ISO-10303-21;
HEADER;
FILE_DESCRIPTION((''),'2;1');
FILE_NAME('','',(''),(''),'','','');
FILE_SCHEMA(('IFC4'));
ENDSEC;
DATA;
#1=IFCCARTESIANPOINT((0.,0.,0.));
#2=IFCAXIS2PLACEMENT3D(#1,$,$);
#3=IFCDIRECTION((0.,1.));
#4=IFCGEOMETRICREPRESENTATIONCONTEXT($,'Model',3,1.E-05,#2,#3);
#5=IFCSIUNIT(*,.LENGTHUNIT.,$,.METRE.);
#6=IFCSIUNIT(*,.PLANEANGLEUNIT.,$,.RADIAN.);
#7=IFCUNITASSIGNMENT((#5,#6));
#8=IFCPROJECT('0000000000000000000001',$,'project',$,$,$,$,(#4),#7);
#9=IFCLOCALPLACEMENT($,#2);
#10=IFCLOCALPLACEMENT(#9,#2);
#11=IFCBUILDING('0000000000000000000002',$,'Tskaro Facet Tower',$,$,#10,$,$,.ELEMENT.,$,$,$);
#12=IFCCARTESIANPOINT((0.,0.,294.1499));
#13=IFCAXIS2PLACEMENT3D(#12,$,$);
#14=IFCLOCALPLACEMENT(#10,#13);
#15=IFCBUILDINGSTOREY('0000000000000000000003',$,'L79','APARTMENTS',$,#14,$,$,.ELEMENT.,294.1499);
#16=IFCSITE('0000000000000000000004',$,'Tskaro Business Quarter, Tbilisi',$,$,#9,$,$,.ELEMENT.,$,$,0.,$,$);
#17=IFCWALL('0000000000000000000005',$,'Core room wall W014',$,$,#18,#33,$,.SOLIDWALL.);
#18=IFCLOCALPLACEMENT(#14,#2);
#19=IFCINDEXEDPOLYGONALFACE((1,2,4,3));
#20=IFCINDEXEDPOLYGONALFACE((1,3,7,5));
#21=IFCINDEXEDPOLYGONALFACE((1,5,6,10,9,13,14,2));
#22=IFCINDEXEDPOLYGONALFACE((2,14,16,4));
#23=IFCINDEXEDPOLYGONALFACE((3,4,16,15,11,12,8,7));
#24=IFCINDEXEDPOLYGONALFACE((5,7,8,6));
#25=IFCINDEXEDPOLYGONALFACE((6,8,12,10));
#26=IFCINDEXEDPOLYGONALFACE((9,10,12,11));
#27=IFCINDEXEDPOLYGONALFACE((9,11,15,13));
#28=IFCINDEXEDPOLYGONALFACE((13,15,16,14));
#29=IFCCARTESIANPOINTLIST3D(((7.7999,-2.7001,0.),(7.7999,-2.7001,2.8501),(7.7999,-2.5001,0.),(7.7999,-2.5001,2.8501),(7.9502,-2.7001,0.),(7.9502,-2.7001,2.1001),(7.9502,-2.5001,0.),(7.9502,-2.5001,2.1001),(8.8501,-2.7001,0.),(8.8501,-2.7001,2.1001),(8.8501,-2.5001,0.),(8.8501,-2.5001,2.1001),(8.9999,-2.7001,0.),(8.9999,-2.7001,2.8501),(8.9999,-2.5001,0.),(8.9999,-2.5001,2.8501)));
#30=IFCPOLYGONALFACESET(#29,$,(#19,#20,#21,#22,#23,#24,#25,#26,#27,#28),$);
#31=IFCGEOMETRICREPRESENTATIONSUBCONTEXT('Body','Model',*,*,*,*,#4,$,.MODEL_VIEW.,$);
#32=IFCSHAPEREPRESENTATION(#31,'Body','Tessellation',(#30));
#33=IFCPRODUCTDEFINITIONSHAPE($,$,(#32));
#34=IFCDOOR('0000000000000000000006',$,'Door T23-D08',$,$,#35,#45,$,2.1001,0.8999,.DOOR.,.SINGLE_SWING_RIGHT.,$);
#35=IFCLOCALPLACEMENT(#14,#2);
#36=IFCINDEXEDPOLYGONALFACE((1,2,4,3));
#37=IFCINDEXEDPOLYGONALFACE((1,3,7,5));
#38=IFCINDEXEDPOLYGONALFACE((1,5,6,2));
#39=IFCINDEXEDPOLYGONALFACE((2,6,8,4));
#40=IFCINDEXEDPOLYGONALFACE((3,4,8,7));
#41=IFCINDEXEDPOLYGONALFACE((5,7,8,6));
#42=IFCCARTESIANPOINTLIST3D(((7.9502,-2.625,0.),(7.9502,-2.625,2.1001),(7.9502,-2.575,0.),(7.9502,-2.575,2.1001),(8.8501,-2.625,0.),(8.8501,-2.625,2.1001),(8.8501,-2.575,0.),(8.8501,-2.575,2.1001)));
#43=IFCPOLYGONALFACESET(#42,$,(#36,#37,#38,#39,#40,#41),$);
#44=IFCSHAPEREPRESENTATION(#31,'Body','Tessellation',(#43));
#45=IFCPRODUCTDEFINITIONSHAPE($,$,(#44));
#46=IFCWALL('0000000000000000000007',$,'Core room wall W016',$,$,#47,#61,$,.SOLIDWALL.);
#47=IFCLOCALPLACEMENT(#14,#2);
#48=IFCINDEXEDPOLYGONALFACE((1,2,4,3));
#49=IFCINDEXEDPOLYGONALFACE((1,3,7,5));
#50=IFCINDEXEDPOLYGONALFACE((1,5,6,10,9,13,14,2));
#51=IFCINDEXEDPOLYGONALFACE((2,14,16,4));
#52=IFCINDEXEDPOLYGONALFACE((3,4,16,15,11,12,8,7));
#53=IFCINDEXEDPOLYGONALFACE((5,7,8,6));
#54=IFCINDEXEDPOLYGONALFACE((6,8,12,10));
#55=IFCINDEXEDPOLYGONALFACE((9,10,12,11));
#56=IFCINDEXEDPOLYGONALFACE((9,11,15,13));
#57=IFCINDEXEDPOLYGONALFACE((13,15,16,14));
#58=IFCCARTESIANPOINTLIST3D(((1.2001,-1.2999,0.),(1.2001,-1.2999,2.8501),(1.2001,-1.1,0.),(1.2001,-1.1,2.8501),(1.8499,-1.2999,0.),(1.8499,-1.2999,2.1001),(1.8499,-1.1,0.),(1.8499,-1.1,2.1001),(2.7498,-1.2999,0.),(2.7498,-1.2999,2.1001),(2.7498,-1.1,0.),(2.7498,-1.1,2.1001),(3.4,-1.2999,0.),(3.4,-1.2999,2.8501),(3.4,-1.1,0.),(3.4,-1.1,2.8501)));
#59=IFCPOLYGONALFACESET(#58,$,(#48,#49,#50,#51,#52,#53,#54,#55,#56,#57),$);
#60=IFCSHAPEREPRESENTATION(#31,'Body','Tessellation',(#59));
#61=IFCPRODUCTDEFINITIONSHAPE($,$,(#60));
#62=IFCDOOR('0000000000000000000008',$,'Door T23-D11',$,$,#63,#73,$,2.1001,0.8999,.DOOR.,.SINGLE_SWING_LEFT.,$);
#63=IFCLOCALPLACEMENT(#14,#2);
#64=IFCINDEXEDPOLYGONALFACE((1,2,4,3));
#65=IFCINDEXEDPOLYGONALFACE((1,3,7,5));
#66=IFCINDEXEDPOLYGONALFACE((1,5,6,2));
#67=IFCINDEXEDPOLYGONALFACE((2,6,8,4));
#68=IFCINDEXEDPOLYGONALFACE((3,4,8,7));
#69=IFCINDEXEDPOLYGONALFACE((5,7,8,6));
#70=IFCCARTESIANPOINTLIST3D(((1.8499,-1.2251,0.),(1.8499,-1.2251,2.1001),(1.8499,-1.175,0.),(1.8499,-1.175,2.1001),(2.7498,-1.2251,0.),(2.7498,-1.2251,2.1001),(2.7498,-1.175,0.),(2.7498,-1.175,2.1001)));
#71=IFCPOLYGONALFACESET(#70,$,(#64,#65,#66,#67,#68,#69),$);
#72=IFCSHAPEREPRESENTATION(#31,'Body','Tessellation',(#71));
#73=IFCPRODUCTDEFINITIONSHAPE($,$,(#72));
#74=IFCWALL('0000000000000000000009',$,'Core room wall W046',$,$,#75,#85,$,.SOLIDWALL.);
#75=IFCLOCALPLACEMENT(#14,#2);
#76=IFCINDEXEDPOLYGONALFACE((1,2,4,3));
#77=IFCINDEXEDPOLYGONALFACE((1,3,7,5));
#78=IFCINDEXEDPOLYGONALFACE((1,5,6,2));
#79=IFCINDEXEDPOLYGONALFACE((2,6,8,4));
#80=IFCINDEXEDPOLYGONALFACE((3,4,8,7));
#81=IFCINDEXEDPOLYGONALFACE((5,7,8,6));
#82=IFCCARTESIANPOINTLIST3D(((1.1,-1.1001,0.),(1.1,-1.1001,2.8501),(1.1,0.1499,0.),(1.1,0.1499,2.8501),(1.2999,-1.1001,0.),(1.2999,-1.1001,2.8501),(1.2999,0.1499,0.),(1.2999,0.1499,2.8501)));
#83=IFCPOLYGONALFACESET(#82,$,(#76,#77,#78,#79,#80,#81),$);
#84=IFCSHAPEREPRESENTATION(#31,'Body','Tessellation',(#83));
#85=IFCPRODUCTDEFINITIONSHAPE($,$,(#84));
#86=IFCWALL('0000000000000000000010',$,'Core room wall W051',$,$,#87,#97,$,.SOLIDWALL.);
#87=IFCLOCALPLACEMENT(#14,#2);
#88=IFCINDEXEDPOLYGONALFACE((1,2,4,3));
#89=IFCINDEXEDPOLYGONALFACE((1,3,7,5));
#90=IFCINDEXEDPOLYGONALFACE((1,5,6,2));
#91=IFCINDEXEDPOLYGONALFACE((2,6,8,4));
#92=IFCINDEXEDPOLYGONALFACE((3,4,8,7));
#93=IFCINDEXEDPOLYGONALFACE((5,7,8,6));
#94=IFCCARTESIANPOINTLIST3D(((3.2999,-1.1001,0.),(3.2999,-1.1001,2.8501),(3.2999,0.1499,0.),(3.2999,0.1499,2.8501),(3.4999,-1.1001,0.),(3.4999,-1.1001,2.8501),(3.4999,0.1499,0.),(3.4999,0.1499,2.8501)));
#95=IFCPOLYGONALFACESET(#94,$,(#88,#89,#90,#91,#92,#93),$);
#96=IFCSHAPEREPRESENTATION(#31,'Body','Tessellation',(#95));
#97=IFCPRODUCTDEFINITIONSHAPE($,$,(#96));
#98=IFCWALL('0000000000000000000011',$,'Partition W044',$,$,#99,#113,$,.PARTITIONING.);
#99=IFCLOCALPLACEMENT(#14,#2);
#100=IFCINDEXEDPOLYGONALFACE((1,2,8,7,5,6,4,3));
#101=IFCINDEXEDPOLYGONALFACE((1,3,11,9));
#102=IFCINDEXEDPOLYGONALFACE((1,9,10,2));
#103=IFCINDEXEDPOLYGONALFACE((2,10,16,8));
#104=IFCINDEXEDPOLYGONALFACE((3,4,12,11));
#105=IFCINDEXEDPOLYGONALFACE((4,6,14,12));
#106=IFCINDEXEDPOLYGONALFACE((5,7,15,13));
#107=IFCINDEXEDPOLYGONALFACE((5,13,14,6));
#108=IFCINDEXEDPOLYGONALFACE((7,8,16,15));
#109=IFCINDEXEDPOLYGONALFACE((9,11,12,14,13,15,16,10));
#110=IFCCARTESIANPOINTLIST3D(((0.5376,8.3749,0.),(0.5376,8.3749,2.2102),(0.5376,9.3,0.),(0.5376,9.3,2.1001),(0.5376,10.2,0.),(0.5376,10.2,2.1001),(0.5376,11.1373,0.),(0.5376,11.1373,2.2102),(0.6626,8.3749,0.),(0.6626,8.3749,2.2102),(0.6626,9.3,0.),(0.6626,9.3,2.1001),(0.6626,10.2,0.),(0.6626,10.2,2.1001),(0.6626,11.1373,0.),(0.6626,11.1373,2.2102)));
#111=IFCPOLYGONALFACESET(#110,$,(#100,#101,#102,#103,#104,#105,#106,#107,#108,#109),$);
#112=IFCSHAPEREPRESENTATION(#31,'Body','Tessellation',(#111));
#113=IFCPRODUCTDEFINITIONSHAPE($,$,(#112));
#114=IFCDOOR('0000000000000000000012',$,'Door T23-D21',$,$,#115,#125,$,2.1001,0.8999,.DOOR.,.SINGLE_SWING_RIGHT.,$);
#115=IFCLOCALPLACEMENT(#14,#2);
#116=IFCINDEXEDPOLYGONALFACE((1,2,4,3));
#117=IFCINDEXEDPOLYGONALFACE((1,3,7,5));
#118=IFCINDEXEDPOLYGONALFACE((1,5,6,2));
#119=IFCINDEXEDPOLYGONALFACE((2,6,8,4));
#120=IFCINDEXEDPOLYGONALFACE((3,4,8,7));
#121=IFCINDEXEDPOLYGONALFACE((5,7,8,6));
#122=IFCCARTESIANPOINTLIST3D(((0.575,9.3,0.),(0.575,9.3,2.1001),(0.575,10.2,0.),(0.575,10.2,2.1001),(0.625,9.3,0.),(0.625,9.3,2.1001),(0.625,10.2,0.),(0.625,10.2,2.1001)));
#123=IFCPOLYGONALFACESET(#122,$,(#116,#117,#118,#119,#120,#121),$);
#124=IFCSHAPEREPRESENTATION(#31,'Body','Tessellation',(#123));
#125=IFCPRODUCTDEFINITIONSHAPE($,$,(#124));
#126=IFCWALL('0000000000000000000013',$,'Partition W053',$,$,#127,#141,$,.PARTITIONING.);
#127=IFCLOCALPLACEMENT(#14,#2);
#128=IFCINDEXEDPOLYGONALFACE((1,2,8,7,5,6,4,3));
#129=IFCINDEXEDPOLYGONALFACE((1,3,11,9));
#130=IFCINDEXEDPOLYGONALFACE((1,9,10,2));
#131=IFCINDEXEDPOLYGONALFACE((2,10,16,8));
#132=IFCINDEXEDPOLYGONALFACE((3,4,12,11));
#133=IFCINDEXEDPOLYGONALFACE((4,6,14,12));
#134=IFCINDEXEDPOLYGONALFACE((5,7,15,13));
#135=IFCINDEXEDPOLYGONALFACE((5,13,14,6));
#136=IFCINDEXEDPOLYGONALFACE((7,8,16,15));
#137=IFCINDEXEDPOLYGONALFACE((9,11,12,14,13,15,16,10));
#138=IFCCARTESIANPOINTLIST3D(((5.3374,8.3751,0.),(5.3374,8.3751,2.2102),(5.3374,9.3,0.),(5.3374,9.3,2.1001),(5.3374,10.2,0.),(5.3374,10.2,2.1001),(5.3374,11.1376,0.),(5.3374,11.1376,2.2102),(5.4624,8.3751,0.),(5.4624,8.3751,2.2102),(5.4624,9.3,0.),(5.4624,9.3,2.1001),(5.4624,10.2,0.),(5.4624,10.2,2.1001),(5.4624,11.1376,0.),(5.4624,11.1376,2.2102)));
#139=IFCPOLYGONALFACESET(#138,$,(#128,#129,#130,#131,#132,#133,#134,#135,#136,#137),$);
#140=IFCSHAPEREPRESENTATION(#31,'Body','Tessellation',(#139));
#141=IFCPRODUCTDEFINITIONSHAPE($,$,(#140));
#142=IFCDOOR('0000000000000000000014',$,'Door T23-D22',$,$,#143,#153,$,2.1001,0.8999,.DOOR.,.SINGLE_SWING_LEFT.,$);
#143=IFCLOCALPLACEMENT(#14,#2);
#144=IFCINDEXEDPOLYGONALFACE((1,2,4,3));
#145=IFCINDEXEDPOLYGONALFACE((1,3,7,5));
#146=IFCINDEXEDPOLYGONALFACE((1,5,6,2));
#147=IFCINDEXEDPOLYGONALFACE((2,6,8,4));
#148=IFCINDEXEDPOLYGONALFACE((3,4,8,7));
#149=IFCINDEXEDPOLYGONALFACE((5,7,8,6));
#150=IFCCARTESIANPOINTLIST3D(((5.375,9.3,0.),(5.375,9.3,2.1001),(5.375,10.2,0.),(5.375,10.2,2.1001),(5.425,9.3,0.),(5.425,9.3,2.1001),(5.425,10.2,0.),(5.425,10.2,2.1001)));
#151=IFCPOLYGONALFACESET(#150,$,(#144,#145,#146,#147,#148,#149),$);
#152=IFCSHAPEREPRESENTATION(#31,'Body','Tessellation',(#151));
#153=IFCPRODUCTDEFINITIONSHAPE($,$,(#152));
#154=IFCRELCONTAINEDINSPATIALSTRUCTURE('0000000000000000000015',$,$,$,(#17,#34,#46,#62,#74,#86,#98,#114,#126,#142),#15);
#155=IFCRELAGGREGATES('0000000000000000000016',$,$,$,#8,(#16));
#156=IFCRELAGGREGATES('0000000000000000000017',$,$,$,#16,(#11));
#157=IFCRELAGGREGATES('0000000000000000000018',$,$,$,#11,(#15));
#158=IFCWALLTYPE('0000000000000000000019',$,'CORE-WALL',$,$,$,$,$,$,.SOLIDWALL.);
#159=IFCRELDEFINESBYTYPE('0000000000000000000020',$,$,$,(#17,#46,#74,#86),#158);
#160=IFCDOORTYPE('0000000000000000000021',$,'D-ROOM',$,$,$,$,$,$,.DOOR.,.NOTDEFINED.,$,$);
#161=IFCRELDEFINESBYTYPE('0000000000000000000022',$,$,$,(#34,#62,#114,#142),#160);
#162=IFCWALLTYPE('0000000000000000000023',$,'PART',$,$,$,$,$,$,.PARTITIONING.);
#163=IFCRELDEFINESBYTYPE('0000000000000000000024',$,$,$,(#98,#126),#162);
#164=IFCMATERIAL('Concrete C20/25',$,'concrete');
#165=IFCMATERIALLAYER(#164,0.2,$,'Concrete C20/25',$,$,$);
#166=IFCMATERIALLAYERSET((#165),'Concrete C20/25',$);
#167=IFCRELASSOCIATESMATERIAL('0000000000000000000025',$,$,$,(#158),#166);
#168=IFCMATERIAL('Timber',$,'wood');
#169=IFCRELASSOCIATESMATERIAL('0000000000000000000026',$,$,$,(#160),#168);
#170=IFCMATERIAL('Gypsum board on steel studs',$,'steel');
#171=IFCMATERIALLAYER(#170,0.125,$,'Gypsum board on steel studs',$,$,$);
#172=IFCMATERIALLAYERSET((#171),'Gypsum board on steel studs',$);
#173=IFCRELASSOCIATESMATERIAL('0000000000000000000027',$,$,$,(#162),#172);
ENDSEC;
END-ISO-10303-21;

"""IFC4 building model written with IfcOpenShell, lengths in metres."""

from ifc_helpers import new_model, si_unit, direction, frame, frame_2d, origin, place, context, subcontext, project, spatial, rectangle, extrude, material, layer, layer_set, type_object, element, fill, save


model = new_model("IFC4")

# Units and contexts
model_context = context("Model", 3, precision=1e-05, world=origin(), true_north=direction((0.0, 1.0)))
body_context = subcontext(model_context, "Body", "Model", "MODEL_VIEW")
ifc_project = project(units=[si_unit("LENGTHUNIT", "METRE"), si_unit("PLANEANGLEUNIT", "RADIAN")], contexts=[model_context])

# Site, building, storey
site_placement = place(None, origin())
site = spatial("IfcSite", under=ifc_project, at=site_placement, Name="Tskaro Business Quarter, Tbilisi", CompositionType="ELEMENT", RefElevation=0.0)
building_placement = place(site_placement, origin())
building = spatial("IfcBuilding", under=site, at=building_placement, Name="Tskaro Facet Tower", CompositionType="ELEMENT")
storey_placement = place(building_placement, frame((0.0, 0.0, 294.1499)))
storey = spatial("IfcBuildingStorey", under=building, at=storey_placement, Name="L79", Description="APARTMENTS", CompositionType="ELEMENT", Elevation=294.1499)

# Shared definitions
ifc_material_1 = material(Name="Concrete C20/25", Category="concrete")
ifc_layer_1 = layer(ifc_material_1, 0.2, Name="Concrete C20/25")
ifc_layer_set_1 = layer_set([ifc_layer_1], Name="Concrete C20/25")
wall_type_1 = type_object("IfcWallType", Name="CORE-WALL", PredefinedType="SOLIDWALL", material=ifc_layer_set_1)
ifc_material_2 = material(Name="Timber", Category="wood")
door_type_1 = type_object("IfcDoorType", Name="D-ROOM", OperationType="NOTDEFINED", PredefinedType="DOOR", material=ifc_material_2)

# Walls, openings, doors
wall_1_placement = place(storey_placement, frame((9.0, -2.6001, 0.0), z_axis=(0.0, 0.0, 1.0), x_axis=(-1.0, 0.0, 0.0)))
wall_1 = element("IfcWall", 1, at=wall_1_placement, inside=storey, type_object=wall_type_1, Name="Core room wall W014", PredefinedType="SOLIDWALL", context=body_context, shape_type="SweptSolid", body=[
    extrude(rectangle(XDim=1.2, YDim=0.2, at=frame_2d((0.6001, 0.0))), origin(), (0.0, 0.0, 1.0), 2.8501),
])
opening_1_placement = place(wall_1_placement, frame((0.1499, 0.0, 0.0)))
opening_1 = element("IfcOpeningElement", 2, at=opening_1_placement, cuts=wall_1, PredefinedType="OPENING", context=body_context, shape_type="SweptSolid", body=[
    extrude(rectangle(XDim=0.8999, YDim=2.1001, at=frame_2d((0.45, 1.05))), frame((0.0, 0.1099, 0.0), z_axis=(0.0, -1.0, 0.0), x_axis=(1.0, 0.0, 0.0)), (0.0, 0.0, 1.0), 0.22),
])
door_1_placement = place(opening_1_placement, origin())
door_1 = element("IfcDoor", 3, at=door_1_placement, inside=storey, type_object=door_type_1, Name="Door T23-D08", OperationType="SINGLE_SWING_RIGHT", OverallHeight=2.1001, OverallWidth=0.8999, PredefinedType="DOOR", context=body_context, shape_type="SweptSolid", body=[
    extrude(rectangle(XDim=0.8999, YDim=2.1001, at=frame_2d((0.45, 1.05))), frame((0.0, 0.0249, 0.0), z_axis=(0.0, -1.0, 0.0), x_axis=(1.0, 0.0, 0.0)), (0.0, 0.0, 1.0), 0.05),
])
fill(opening_1, door_1)
wall_2_placement = place(storey_placement, frame((1.2, -1.2, 0.0), z_axis=(0.0, 0.0, 1.0), x_axis=(1.0, 0.0, 0.0)))
wall_2 = element("IfcWall", 4, at=wall_2_placement, inside=storey, type_object=wall_type_1, Name="Core room wall W016", PredefinedType="SOLIDWALL", context=body_context, shape_type="SweptSolid", body=[
    extrude(rectangle(XDim=2.2, YDim=0.2, at=frame_2d((1.1001, 0.0))), origin(), (0.0, 0.0, 1.0), 2.8501),
])
opening_2_placement = place(wall_2_placement, frame((0.6499, 0.0, 0.0)))
opening_2 = element("IfcOpeningElement", 5, at=opening_2_placement, cuts=wall_2, PredefinedType="OPENING", context=body_context, shape_type="SweptSolid", body=[
    extrude(rectangle(XDim=0.8999, YDim=2.1001, at=frame_2d((0.45, 1.05))), frame((0.0, 0.1099, 0.0), z_axis=(0.0, -1.0, 0.0), x_axis=(1.0, 0.0, 0.0)), (0.0, 0.0, 1.0), 0.22),
])
door_2_placement = place(opening_2_placement, origin())
door_2 = element("IfcDoor", 6, at=door_2_placement, inside=storey, type_object=door_type_1, Name="Door T23-D11", OperationType="SINGLE_SWING_LEFT", OverallHeight=2.1001, OverallWidth=0.8999, PredefinedType="DOOR", context=body_context, shape_type="SweptSolid", body=[
    extrude(rectangle(XDim=0.8999, YDim=2.1001, at=frame_2d((0.45, 1.05))), frame((0.0, 0.0249, 0.0), z_axis=(0.0, -1.0, 0.0), x_axis=(1.0, 0.0, 0.0)), (0.0, 0.0, 1.0), 0.05),
])
fill(opening_2, door_2)

# Walls
for number, where, z_axis, x_axis, name in (
    (7, (1.2, -1.1001, 0.0), (0.0, 0.0, 1.0), (0.0, 1.0, 0.0), "Core room wall W046"),
    (8, (3.3999, -1.1001, 0.0), (0.0, 0.0, 1.0), (0.0, 1.0, 0.0), "Core room wall W051"),
):
    element("IfcWall", number, at=place(storey_placement, frame(where, z_axis=z_axis, x_axis=x_axis)), inside=storey, type_object=wall_type_1, Name=name, PredefinedType="SOLIDWALL", context=body_context, shape_type="SweptSolid", body=[
        extrude(rectangle(XDim=1.25, YDim=0.2, at=frame_2d((0.625, 0.0))), origin(), (0.0, 0.0, 1.0), 2.8501),
    ])

# Walls, openings, doors
ifc_material_3 = material(Name="Gypsum board on steel studs", Category="steel")
ifc_layer_2 = layer(ifc_material_3, 0.125, Name="Gypsum board on steel studs")
ifc_layer_set_2 = layer_set([ifc_layer_2], Name="Gypsum board on steel studs")
wall_type_2 = type_object("IfcWallType", Name="PART", PredefinedType="PARTITIONING", material=ifc_layer_set_2)
wall_3_placement = place(storey_placement, frame((0.6001, 11.1375, 0.0), z_axis=(0.0, 0.0, 1.0), x_axis=(0.0, -1.0, 0.0)))
wall_3 = element("IfcWall", 9, at=wall_3_placement, inside=storey, type_object=wall_type_2, Name="Partition W044", PredefinedType="PARTITIONING", context=body_context, shape_type="SweptSolid", body=[
    extrude(rectangle(XDim=2.7625, YDim=0.125, at=frame_2d((1.3813, 0.0))), origin(), (0.0, 0.0, 1.0), 2.2102),
])
opening_3_placement = place(wall_3_placement, frame((0.9375, 0.0, 0.0)))
opening_3 = element("IfcOpeningElement", 10, at=opening_3_placement, cuts=wall_3, PredefinedType="OPENING", context=body_context, shape_type="SweptSolid", body=[
    extrude(rectangle(XDim=0.8999, YDim=2.1001, at=frame_2d((0.45, 1.05))), frame((0.0, 0.0725, 0.0), z_axis=(0.0, -1.0, 0.0), x_axis=(1.0, 0.0, 0.0)), (0.0, 0.0, 1.0), 0.145),
])
door_3_placement = place(opening_3_placement, origin())
door_3 = element("IfcDoor", 11, at=door_3_placement, inside=storey, type_object=door_type_1, Name="Door T23-D21", OperationType="SINGLE_SWING_RIGHT", OverallHeight=2.1001, OverallWidth=0.8999, PredefinedType="DOOR", context=body_context, shape_type="SweptSolid", body=[
    extrude(rectangle(XDim=0.8999, YDim=2.1001, at=frame_2d((0.45, 1.05))), frame((0.0, 0.0249, 0.0), z_axis=(0.0, -1.0, 0.0), x_axis=(1.0, 0.0, 0.0)), (0.0, 0.0, 1.0), 0.05),
])
fill(opening_3, door_3)
wall_4_placement = place(storey_placement, frame((5.3999, 8.375, 0.0), z_axis=(0.0, 0.0, 1.0), x_axis=(0.0, 1.0, 0.0)))
wall_4 = element("IfcWall", 12, at=wall_4_placement, inside=storey, type_object=wall_type_2, Name="Partition W053", PredefinedType="PARTITIONING", context=body_context, shape_type="SweptSolid", body=[
    extrude(rectangle(XDim=2.7625, YDim=0.125, at=frame_2d((1.3813, 0.0))), origin(), (0.0, 0.0, 1.0), 2.2102),
])
opening_4_placement = place(wall_4_placement, frame((0.925, 0.0, 0.0)))
opening_4 = element("IfcOpeningElement", 13, at=opening_4_placement, cuts=wall_4, PredefinedType="OPENING", context=body_context, shape_type="SweptSolid", body=[
    extrude(rectangle(XDim=0.8999, YDim=2.1001, at=frame_2d((0.45, 1.05))), frame((0.0, 0.0725, 0.0), z_axis=(0.0, -1.0, 0.0), x_axis=(1.0, 0.0, 0.0)), (0.0, 0.0, 1.0), 0.145),
])
door_4_placement = place(opening_4_placement, origin())
door_4 = element("IfcDoor", 14, at=door_4_placement, inside=storey, type_object=door_type_1, Name="Door T23-D22", OperationType="SINGLE_SWING_LEFT", OverallHeight=2.1001, OverallWidth=0.8999, PredefinedType="DOOR", context=body_context, shape_type="SweptSolid", body=[
    extrude(rectangle(XDim=0.8999, YDim=2.1001, at=frame_2d((0.45, 1.05))), frame((0.0, 0.0249, 0.0), z_axis=(0.0, -1.0, 0.0), x_axis=(1.0, 0.0, 0.0)), (0.0, 0.0, 1.0), 0.05),
])
fill(opening_4, door_4)

save(model, "model.ifc")
